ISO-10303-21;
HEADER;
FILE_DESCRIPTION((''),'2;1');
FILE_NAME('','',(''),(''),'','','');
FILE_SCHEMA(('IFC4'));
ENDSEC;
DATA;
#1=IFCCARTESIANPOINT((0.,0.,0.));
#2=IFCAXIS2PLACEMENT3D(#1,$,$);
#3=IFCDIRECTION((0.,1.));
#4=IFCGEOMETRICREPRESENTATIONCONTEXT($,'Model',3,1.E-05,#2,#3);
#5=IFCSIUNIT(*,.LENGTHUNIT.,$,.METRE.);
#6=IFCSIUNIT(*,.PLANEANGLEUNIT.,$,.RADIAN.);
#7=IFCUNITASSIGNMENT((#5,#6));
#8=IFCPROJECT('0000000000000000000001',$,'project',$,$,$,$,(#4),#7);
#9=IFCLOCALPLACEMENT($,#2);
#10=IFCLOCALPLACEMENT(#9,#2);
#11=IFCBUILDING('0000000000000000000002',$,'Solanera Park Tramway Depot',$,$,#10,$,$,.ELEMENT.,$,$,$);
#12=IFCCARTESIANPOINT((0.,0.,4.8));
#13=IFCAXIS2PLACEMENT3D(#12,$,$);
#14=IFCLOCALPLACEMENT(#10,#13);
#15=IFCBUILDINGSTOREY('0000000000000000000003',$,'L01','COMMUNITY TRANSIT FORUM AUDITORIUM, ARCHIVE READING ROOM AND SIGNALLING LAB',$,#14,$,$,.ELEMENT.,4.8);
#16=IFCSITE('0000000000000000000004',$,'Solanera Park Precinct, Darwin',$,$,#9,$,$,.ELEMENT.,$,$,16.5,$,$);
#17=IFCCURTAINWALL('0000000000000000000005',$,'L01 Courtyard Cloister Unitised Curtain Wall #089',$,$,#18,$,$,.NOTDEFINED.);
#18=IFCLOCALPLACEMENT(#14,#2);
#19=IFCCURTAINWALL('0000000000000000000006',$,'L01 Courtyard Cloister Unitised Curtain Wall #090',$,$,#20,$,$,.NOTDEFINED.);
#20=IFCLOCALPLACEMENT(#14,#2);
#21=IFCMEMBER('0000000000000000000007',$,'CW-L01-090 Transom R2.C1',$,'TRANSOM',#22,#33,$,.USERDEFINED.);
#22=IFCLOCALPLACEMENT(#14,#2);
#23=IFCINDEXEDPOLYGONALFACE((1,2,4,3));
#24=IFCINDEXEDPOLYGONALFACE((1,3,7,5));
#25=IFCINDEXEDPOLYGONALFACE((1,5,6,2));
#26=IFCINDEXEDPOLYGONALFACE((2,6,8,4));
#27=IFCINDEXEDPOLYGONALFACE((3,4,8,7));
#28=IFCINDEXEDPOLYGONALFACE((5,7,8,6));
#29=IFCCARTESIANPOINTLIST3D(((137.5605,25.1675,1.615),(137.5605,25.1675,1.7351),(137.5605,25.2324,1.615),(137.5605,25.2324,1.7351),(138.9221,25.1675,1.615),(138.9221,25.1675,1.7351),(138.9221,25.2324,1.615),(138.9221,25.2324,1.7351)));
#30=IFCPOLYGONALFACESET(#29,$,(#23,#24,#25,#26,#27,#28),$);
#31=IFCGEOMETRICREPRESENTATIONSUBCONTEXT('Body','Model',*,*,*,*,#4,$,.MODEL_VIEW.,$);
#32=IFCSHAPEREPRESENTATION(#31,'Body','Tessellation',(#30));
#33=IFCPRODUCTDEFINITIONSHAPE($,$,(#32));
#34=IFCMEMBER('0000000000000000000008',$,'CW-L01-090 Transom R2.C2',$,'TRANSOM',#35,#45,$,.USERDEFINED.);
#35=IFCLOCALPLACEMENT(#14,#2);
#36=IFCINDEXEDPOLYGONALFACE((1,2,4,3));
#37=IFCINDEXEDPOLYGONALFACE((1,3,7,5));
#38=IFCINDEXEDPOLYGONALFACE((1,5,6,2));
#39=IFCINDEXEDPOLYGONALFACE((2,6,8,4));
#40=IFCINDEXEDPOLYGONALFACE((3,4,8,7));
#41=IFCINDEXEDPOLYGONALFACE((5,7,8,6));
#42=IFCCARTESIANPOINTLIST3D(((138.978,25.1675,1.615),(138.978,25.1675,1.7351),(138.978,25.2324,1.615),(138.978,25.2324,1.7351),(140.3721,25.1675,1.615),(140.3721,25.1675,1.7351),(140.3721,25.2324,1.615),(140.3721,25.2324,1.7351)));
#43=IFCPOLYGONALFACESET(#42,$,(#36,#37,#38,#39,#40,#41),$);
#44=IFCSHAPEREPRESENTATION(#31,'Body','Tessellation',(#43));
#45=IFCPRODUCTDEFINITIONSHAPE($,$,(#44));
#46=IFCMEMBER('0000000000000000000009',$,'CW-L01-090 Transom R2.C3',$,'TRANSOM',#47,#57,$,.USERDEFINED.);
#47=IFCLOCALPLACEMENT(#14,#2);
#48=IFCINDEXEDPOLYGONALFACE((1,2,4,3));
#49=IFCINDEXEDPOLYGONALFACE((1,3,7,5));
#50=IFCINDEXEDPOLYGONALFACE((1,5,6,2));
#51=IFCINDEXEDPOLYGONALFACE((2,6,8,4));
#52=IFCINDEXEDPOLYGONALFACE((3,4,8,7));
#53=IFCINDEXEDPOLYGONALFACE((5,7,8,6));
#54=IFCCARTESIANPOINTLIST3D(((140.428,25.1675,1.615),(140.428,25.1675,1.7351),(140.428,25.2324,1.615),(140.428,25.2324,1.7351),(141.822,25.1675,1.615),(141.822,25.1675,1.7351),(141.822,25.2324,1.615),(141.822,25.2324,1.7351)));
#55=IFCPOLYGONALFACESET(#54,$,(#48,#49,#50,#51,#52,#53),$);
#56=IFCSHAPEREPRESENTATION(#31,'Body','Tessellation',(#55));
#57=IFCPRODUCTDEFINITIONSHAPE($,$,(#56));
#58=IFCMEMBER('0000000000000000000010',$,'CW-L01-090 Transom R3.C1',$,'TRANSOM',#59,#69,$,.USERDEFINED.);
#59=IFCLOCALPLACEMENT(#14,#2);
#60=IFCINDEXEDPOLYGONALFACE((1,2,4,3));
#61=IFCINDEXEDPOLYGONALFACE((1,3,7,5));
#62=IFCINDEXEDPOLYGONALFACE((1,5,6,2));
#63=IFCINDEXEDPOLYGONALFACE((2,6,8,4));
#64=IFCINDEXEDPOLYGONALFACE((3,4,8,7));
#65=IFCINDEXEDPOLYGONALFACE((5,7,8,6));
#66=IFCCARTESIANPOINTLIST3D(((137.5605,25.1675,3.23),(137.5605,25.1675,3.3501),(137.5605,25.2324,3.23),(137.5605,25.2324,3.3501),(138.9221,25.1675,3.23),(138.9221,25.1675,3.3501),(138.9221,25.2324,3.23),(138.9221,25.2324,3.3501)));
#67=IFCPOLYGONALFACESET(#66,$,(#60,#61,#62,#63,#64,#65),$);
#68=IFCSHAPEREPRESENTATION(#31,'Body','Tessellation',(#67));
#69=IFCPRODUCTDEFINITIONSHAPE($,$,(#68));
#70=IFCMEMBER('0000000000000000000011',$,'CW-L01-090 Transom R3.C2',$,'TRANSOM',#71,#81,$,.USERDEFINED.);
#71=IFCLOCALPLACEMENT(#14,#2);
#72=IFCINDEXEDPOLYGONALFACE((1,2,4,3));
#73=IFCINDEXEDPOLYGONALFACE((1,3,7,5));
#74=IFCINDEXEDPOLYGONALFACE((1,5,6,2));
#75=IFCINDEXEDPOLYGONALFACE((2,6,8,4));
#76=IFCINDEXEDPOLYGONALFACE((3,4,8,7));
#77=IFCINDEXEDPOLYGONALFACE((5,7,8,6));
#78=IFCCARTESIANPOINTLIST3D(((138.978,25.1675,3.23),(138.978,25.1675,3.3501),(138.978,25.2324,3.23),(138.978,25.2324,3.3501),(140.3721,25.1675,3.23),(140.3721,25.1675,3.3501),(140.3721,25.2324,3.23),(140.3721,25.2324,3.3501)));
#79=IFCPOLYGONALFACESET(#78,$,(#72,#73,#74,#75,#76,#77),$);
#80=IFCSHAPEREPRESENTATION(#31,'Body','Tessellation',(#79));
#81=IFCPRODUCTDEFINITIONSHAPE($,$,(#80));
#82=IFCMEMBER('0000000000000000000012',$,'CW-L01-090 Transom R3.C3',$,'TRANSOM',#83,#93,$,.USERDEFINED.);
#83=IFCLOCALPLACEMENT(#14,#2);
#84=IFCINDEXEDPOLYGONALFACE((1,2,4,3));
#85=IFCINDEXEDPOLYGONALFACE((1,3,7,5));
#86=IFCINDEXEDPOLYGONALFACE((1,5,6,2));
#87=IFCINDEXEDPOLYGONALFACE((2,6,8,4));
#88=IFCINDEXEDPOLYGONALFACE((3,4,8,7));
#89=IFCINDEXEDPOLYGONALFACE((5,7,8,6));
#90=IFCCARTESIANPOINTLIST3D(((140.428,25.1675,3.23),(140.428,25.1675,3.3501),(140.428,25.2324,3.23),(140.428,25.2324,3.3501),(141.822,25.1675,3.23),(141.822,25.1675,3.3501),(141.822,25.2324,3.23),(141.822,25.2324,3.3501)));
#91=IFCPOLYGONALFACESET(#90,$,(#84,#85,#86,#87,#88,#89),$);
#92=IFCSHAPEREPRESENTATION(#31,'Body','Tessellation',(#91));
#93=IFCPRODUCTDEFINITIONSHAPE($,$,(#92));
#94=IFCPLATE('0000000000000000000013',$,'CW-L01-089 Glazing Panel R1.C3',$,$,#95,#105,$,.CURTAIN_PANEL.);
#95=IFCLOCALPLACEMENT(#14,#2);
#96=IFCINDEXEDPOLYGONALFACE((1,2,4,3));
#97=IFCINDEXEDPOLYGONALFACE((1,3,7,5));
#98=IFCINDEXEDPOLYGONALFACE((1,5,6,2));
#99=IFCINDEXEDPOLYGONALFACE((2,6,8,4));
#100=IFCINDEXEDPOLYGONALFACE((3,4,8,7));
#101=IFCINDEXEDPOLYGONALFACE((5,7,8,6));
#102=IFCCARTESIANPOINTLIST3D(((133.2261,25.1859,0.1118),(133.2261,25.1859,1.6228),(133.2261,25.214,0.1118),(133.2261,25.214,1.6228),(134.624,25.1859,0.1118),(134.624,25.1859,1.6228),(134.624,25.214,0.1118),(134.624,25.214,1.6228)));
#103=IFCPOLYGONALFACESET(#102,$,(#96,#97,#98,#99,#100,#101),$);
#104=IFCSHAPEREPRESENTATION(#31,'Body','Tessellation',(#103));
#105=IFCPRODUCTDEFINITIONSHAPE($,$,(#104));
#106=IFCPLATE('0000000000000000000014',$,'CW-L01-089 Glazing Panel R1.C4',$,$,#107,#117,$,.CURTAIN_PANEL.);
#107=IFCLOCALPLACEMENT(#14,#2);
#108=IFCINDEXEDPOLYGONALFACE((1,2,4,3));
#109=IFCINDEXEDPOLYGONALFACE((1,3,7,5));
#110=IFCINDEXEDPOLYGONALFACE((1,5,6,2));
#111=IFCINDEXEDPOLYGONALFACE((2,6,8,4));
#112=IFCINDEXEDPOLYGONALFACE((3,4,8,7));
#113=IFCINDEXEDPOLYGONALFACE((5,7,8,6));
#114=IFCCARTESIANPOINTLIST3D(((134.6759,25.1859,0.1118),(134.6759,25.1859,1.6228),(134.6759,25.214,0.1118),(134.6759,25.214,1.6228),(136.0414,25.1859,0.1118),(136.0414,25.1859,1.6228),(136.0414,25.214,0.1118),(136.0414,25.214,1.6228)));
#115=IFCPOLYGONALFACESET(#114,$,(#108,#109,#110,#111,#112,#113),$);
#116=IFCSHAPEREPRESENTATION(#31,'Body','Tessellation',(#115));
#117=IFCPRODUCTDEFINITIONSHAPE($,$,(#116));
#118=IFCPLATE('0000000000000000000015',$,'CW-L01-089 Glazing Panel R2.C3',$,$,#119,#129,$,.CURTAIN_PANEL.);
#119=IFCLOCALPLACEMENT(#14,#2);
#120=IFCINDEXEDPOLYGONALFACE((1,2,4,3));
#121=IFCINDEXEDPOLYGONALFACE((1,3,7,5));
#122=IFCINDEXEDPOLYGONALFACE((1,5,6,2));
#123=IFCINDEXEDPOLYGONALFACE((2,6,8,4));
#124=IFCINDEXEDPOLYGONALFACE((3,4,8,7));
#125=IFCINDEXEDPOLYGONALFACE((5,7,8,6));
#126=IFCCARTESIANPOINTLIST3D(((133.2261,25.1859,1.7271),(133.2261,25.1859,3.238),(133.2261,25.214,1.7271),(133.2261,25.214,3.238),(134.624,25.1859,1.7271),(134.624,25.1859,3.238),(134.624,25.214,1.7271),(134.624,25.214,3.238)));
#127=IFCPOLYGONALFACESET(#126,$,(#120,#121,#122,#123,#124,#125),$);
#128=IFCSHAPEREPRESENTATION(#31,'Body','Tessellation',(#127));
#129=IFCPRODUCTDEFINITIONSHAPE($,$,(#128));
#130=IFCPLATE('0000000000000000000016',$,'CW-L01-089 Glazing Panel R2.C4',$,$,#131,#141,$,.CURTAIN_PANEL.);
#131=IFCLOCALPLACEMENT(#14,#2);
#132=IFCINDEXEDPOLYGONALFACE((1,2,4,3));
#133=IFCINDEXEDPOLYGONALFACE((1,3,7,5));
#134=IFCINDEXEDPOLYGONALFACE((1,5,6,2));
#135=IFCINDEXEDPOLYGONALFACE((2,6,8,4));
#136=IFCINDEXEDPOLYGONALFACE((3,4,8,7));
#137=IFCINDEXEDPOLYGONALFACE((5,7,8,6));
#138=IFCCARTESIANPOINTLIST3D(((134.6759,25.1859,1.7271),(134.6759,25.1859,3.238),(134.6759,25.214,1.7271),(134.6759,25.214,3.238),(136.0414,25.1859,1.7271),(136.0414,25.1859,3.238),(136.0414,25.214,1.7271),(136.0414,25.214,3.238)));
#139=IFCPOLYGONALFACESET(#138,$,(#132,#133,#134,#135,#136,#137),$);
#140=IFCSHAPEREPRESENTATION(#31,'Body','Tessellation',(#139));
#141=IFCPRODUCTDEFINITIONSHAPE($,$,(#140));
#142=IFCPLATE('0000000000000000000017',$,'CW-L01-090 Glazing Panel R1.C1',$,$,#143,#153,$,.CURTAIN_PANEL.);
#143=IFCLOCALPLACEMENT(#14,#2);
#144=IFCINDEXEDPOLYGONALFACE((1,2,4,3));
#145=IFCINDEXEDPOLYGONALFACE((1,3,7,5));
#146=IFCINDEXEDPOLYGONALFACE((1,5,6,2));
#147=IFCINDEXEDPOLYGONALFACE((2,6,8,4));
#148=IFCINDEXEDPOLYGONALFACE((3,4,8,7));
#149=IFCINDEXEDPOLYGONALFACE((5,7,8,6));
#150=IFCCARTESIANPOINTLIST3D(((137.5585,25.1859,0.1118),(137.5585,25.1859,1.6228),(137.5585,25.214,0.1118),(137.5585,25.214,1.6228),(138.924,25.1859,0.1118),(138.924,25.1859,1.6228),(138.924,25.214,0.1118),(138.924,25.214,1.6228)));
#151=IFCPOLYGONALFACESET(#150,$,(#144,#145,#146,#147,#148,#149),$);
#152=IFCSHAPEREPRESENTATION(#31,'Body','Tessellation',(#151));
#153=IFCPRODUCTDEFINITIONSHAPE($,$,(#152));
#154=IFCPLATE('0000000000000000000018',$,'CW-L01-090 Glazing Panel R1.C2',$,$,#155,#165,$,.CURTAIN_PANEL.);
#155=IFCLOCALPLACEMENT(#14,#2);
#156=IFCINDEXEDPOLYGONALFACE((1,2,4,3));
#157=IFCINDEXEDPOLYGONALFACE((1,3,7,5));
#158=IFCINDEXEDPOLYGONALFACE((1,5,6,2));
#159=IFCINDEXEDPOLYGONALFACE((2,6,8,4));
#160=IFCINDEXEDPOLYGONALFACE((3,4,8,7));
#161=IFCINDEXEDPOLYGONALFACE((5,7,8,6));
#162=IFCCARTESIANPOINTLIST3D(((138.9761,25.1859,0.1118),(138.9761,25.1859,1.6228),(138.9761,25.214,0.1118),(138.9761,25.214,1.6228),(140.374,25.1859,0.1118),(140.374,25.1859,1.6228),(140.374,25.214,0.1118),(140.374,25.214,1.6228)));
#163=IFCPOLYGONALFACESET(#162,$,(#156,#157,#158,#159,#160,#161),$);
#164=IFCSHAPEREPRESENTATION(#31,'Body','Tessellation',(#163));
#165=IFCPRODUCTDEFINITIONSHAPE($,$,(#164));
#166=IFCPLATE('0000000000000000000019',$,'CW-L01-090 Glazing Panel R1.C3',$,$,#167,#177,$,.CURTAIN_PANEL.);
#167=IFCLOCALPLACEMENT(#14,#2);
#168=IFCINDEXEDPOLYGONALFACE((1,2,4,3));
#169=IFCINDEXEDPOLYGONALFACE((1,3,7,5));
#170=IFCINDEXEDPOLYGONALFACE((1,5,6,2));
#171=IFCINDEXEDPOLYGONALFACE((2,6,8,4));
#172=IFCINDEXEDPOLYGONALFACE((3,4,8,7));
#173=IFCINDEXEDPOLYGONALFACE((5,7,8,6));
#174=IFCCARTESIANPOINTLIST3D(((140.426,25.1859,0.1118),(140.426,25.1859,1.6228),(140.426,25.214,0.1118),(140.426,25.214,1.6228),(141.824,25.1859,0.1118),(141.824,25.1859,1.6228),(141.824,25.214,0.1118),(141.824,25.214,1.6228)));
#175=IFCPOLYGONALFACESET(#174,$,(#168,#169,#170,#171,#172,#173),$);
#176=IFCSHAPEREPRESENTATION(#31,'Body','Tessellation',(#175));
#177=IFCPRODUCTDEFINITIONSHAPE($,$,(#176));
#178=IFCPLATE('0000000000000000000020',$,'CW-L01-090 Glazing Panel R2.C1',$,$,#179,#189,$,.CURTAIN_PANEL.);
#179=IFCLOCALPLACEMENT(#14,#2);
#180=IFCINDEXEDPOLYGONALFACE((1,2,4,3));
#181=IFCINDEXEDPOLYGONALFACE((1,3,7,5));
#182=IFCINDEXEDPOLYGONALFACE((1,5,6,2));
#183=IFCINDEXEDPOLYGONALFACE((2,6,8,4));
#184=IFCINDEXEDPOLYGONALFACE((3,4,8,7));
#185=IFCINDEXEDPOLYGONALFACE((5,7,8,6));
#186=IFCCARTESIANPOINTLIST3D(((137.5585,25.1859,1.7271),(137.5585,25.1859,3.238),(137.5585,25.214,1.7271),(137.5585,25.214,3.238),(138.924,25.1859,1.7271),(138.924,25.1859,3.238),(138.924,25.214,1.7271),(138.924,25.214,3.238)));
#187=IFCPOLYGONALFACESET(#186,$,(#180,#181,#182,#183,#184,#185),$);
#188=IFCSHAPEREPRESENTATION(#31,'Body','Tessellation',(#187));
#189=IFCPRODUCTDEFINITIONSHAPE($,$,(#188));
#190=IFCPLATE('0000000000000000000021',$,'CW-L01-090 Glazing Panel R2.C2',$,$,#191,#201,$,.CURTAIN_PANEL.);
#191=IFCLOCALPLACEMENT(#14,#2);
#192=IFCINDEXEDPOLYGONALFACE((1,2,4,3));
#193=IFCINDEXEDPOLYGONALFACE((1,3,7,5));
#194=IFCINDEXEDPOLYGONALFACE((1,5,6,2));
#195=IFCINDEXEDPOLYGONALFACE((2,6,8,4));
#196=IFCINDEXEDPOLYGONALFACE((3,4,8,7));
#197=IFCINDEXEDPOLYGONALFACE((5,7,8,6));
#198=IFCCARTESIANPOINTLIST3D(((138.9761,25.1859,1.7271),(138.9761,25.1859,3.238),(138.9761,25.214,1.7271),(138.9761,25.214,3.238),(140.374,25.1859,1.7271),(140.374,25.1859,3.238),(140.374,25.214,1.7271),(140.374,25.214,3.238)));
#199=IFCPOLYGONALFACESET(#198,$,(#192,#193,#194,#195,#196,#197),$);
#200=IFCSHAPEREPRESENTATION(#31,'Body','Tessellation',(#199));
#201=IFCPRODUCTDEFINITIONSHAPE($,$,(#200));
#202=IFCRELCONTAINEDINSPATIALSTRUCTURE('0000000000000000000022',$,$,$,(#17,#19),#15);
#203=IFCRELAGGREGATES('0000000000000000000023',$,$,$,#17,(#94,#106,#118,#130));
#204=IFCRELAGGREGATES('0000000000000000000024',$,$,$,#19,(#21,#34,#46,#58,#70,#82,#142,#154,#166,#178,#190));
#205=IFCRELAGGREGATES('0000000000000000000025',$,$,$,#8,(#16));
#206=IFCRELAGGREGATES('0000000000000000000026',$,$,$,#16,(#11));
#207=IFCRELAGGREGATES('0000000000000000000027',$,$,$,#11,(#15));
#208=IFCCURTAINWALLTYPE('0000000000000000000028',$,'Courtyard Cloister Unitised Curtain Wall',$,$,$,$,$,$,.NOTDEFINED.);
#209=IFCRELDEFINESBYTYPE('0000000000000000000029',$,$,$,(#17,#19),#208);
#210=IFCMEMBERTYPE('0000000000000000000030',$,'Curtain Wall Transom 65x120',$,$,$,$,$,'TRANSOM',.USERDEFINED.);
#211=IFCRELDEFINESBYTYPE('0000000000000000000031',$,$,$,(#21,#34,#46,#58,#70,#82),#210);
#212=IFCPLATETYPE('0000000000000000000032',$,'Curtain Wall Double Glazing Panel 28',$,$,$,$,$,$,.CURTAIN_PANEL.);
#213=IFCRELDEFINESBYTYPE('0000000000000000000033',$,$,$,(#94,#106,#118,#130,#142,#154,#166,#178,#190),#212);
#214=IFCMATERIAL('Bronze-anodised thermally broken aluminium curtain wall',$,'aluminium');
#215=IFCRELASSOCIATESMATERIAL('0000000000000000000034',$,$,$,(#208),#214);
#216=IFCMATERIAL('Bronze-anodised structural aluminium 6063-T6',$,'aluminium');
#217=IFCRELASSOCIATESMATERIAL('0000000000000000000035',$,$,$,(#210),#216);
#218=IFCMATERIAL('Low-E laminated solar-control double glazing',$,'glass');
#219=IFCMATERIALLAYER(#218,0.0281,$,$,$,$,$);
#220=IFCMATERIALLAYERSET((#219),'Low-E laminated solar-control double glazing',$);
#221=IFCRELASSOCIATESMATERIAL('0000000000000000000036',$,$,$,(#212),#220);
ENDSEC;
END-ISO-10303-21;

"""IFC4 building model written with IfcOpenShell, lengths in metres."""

from ifc_helpers import new_model, si_unit, direction, frame, origin, origin_2d, place, context, subcontext, project, spatial, rectangle, extrude, material, layer, layer_set, material_profile, profile_set, type_object, element, aggregate, save


model = new_model("IFC4")

# Units and contexts
model_context = context("Model", 3, precision=1e-05, world=origin(), true_north=direction((0.0, 1.0)))
body_context = subcontext(model_context, "Body", "Model", "MODEL_VIEW")
ifc_project = project(units=[si_unit("LENGTHUNIT", "METRE"), si_unit("PLANEANGLEUNIT", "RADIAN")], contexts=[model_context])

# Site, building, storey
site_placement = place(None, origin())
site = spatial("IfcSite", under=ifc_project, at=site_placement, Name="Solanera Park Precinct, Darwin", CompositionType="ELEMENT", RefElevation=16.5)
building_placement = place(site_placement, origin())
building = spatial("IfcBuilding", under=site, at=building_placement, Name="Solanera Park Tramway Depot", CompositionType="ELEMENT")
storey_placement = place(building_placement, frame((0.0, 0.0, 4.8)))
storey = spatial("IfcBuildingStorey", under=building, at=storey_placement, Name="L01", Description="COMMUNITY TRANSIT FORUM AUDITORIUM, ARCHIVE READING ROOM AND SIGNALLING LAB", CompositionType="ELEMENT", Elevation=4.8)

# Curtain walls
ifc_material_1 = material(Name="Bronze-anodised thermally broken aluminium curtain wall", Category="aluminium")
curtain_wall_type = type_object("IfcCurtainWallType", Name="Courtyard Cloister Unitised Curtain Wall", PredefinedType="NOTDEFINED", material=ifc_material_1)
curtain_wall_1_placement = place(storey_placement, origin())
curtain_wall_1 = element("IfcCurtainWall", 1, at=curtain_wall_1_placement, inside=storey, type_object=curtain_wall_type, Name="L01 Courtyard Cloister Unitised Curtain Wall #089", PredefinedType="NOTDEFINED")
curtain_wall_2_placement = place(storey_placement, origin())
curtain_wall_2 = element("IfcCurtainWall", 2, at=curtain_wall_2_placement, inside=storey, type_object=curtain_wall_type, Name="L01 Courtyard Cloister Unitised Curtain Wall #090", PredefinedType="NOTDEFINED")

# Members
ifc_material_2 = material(Name="Bronze-anodised structural aluminium 6063-T6", Category="aluminium")
ifc_material_profile_1 = material_profile(ifc_material_2, rectangle(XDim=0.0649, YDim=0.1201, at=origin_2d()), Name="Curtain Wall Transom 65x120")
ifc_profile_set_1 = profile_set([ifc_material_profile_1], Name="Bronze-anodised structural aluminium 6063-T6")
member_type_1 = type_object("IfcMemberType", Name="Curtain Wall Transom 65x120", ElementType="TRANSOM", PredefinedType="USERDEFINED", material=ifc_profile_set_1)
member_1_placement = place(storey_placement, frame((137.5605, 25.2, 1.675), z_axis=(1.0, 0.0, 0.0), x_axis=(0.0, 1.0, 0.0)))
member_1 = element("IfcMember", 3, at=member_1_placement, type_object=member_type_1, Name="CW-L01-090 Transom R2.C1", ObjectType="TRANSOM", PredefinedType="USERDEFINED", context=body_context, shape_type="SweptSolid", body=[
    extrude(rectangle(XDim=0.0649, YDim=0.1201, at=origin_2d()), origin(), (0.0, 0.0, 1.0), 1.3616),
])
member_2_placement = place(storey_placement, frame((138.978, 25.2, 1.675), z_axis=(1.0, 0.0, 0.0), x_axis=(0.0, 1.0, 0.0)))
member_2 = element("IfcMember", 4, at=member_2_placement, type_object=member_type_1, Name="CW-L01-090 Transom R2.C2", ObjectType="TRANSOM", PredefinedType="USERDEFINED", context=body_context, shape_type="SweptSolid", body=[
    extrude(rectangle(XDim=0.0649, YDim=0.1201, at=origin_2d()), origin(), (0.0, 0.0, 1.0), 1.394),
])
member_3_placement = place(storey_placement, frame((140.428, 25.2, 1.675), z_axis=(1.0, 0.0, 0.0), x_axis=(0.0, 1.0, 0.0)))
member_3 = element("IfcMember", 5, at=member_3_placement, type_object=member_type_1, Name="CW-L01-090 Transom R2.C3", ObjectType="TRANSOM", PredefinedType="USERDEFINED", context=body_context, shape_type="SweptSolid", body=[
    extrude(rectangle(XDim=0.0649, YDim=0.1201, at=origin_2d()), origin(), (0.0, 0.0, 1.0), 1.394),
])
member_4_placement = place(storey_placement, frame((137.5605, 25.2, 3.29), z_axis=(1.0, 0.0, 0.0), x_axis=(0.0, 1.0, 0.0)))
member_4 = element("IfcMember", 6, at=member_4_placement, type_object=member_type_1, Name="CW-L01-090 Transom R3.C1", ObjectType="TRANSOM", PredefinedType="USERDEFINED", context=body_context, shape_type="SweptSolid", body=[
    extrude(rectangle(XDim=0.0649, YDim=0.1201, at=origin_2d()), origin(), (0.0, 0.0, 1.0), 1.3616),
])
member_5_placement = place(storey_placement, frame((138.978, 25.2, 3.29), z_axis=(1.0, 0.0, 0.0), x_axis=(0.0, 1.0, 0.0)))
member_5 = element("IfcMember", 7, at=member_5_placement, type_object=member_type_1, Name="CW-L01-090 Transom R3.C2", ObjectType="TRANSOM", PredefinedType="USERDEFINED", context=body_context, shape_type="SweptSolid", body=[
    extrude(rectangle(XDim=0.0649, YDim=0.1201, at=origin_2d()), origin(), (0.0, 0.0, 1.0), 1.394),
])
member_6_placement = place(storey_placement, frame((140.428, 25.2, 3.29), z_axis=(1.0, 0.0, 0.0), x_axis=(0.0, 1.0, 0.0)))
member_6 = element("IfcMember", 8, at=member_6_placement, type_object=member_type_1, Name="CW-L01-090 Transom R3.C3", ObjectType="TRANSOM", PredefinedType="USERDEFINED", context=body_context, shape_type="SweptSolid", body=[
    extrude(rectangle(XDim=0.0649, YDim=0.1201, at=origin_2d()), origin(), (0.0, 0.0, 1.0), 1.394),
])

# Plates
ifc_material_3 = material(Name="Low-E laminated solar-control double glazing", Category="glass")
ifc_layer = layer(ifc_material_3, 0.0281)
ifc_layer_set = layer_set([ifc_layer], Name="Low-E laminated solar-control double glazing")
plate_type = type_object("IfcPlateType", Name="Curtain Wall Double Glazing Panel 28", PredefinedType="CURTAIN_PANEL", material=ifc_layer_set)
plate_1_placement = place(storey_placement, frame((133.925, 25.2, 0.1118), z_axis=(0.0, 0.0, 1.0), x_axis=(1.0, 0.0, 0.0)))
plate_1 = element("IfcPlate", 9, at=plate_1_placement, type_object=plate_type, Name="CW-L01-089 Glazing Panel R1.C3", PredefinedType="CURTAIN_PANEL", context=body_context, shape_type="SweptSolid", body=[
    extrude(rectangle(XDim=1.3979, YDim=0.0281, at=origin_2d()), origin(), (0.0, 0.0, 1.0), 1.511),
])
plate_2_placement = place(storey_placement, frame((135.3586, 25.2, 0.1118), z_axis=(0.0, 0.0, 1.0), x_axis=(1.0, 0.0, 0.0)))
plate_2 = element("IfcPlate", 10, at=plate_2_placement, type_object=plate_type, Name="CW-L01-089 Glazing Panel R1.C4", PredefinedType="CURTAIN_PANEL", context=body_context, shape_type="SweptSolid", body=[
    extrude(rectangle(XDim=1.3655, YDim=0.0281, at=origin_2d()), origin(), (0.0, 0.0, 1.0), 1.511),
])
plate_3_placement = place(storey_placement, frame((133.925, 25.2, 1.7271), z_axis=(0.0, 0.0, 1.0), x_axis=(1.0, 0.0, 0.0)))
plate_3 = element("IfcPlate", 11, at=plate_3_placement, type_object=plate_type, Name="CW-L01-089 Glazing Panel R2.C3", PredefinedType="CURTAIN_PANEL", context=body_context, shape_type="SweptSolid", body=[
    extrude(rectangle(XDim=1.3979, YDim=0.0281, at=origin_2d()), origin(), (0.0, 0.0, 1.0), 1.511),
])
plate_4_placement = place(storey_placement, frame((135.3586, 25.2, 1.7271), z_axis=(0.0, 0.0, 1.0), x_axis=(1.0, 0.0, 0.0)))
plate_4 = element("IfcPlate", 12, at=plate_4_placement, type_object=plate_type, Name="CW-L01-089 Glazing Panel R2.C4", PredefinedType="CURTAIN_PANEL", context=body_context, shape_type="SweptSolid", body=[
    extrude(rectangle(XDim=1.3655, YDim=0.0281, at=origin_2d()), origin(), (0.0, 0.0, 1.0), 1.511),
])
aggregate(curtain_wall_1, [plate_1, plate_2, plate_3, plate_4])
plate_5_placement = place(storey_placement, frame((138.2412, 25.2, 0.1118), z_axis=(0.0, 0.0, 1.0), x_axis=(1.0, 0.0, 0.0)))
plate_5 = element("IfcPlate", 13, at=plate_5_placement, type_object=plate_type, Name="CW-L01-090 Glazing Panel R1.C1", PredefinedType="CURTAIN_PANEL", context=body_context, shape_type="SweptSolid", body=[
    extrude(rectangle(XDim=1.3655, YDim=0.0281, at=origin_2d()), origin(), (0.0, 0.0, 1.0), 1.511),
])
plate_6_placement = place(storey_placement, frame((139.675, 25.2, 0.1118), z_axis=(0.0, 0.0, 1.0), x_axis=(1.0, 0.0, 0.0)))
plate_6 = element("IfcPlate", 14, at=plate_6_placement, type_object=plate_type, Name="CW-L01-090 Glazing Panel R1.C2", PredefinedType="CURTAIN_PANEL", context=body_context, shape_type="SweptSolid", body=[
    extrude(rectangle(XDim=1.3979, YDim=0.0281, at=origin_2d()), origin(), (0.0, 0.0, 1.0), 1.511),
])
plate_7_placement = place(storey_placement, frame((141.125, 25.2, 0.1118), z_axis=(0.0, 0.0, 1.0), x_axis=(1.0, 0.0, 0.0)))
plate_7 = element("IfcPlate", 15, at=plate_7_placement, type_object=plate_type, Name="CW-L01-090 Glazing Panel R1.C3", PredefinedType="CURTAIN_PANEL", context=body_context, shape_type="SweptSolid", body=[
    extrude(rectangle(XDim=1.3979, YDim=0.0281, at=origin_2d()), origin(), (0.0, 0.0, 1.0), 1.511),
])
plate_8_placement = place(storey_placement, frame((138.2412, 25.2, 1.7271), z_axis=(0.0, 0.0, 1.0), x_axis=(1.0, 0.0, 0.0)))
plate_8 = element("IfcPlate", 16, at=plate_8_placement, type_object=plate_type, Name="CW-L01-090 Glazing Panel R2.C1", PredefinedType="CURTAIN_PANEL", context=body_context, shape_type="SweptSolid", body=[
    extrude(rectangle(XDim=1.3655, YDim=0.0281, at=origin_2d()), origin(), (0.0, 0.0, 1.0), 1.511),
])
plate_9_placement = place(storey_placement, frame((139.675, 25.2, 1.7271), z_axis=(0.0, 0.0, 1.0), x_axis=(1.0, 0.0, 0.0)))
plate_9 = element("IfcPlate", 17, at=plate_9_placement, type_object=plate_type, Name="CW-L01-090 Glazing Panel R2.C2", PredefinedType="CURTAIN_PANEL", context=body_context, shape_type="SweptSolid", body=[
    extrude(rectangle(XDim=1.3979, YDim=0.0281, at=origin_2d()), origin(), (0.0, 0.0, 1.0), 1.511),
])
aggregate(curtain_wall_2, [member_1, member_2, member_3, member_4, member_5, member_6, plate_5, plate_6, plate_7, plate_8, plate_9])

save(model, "model.ifc")
